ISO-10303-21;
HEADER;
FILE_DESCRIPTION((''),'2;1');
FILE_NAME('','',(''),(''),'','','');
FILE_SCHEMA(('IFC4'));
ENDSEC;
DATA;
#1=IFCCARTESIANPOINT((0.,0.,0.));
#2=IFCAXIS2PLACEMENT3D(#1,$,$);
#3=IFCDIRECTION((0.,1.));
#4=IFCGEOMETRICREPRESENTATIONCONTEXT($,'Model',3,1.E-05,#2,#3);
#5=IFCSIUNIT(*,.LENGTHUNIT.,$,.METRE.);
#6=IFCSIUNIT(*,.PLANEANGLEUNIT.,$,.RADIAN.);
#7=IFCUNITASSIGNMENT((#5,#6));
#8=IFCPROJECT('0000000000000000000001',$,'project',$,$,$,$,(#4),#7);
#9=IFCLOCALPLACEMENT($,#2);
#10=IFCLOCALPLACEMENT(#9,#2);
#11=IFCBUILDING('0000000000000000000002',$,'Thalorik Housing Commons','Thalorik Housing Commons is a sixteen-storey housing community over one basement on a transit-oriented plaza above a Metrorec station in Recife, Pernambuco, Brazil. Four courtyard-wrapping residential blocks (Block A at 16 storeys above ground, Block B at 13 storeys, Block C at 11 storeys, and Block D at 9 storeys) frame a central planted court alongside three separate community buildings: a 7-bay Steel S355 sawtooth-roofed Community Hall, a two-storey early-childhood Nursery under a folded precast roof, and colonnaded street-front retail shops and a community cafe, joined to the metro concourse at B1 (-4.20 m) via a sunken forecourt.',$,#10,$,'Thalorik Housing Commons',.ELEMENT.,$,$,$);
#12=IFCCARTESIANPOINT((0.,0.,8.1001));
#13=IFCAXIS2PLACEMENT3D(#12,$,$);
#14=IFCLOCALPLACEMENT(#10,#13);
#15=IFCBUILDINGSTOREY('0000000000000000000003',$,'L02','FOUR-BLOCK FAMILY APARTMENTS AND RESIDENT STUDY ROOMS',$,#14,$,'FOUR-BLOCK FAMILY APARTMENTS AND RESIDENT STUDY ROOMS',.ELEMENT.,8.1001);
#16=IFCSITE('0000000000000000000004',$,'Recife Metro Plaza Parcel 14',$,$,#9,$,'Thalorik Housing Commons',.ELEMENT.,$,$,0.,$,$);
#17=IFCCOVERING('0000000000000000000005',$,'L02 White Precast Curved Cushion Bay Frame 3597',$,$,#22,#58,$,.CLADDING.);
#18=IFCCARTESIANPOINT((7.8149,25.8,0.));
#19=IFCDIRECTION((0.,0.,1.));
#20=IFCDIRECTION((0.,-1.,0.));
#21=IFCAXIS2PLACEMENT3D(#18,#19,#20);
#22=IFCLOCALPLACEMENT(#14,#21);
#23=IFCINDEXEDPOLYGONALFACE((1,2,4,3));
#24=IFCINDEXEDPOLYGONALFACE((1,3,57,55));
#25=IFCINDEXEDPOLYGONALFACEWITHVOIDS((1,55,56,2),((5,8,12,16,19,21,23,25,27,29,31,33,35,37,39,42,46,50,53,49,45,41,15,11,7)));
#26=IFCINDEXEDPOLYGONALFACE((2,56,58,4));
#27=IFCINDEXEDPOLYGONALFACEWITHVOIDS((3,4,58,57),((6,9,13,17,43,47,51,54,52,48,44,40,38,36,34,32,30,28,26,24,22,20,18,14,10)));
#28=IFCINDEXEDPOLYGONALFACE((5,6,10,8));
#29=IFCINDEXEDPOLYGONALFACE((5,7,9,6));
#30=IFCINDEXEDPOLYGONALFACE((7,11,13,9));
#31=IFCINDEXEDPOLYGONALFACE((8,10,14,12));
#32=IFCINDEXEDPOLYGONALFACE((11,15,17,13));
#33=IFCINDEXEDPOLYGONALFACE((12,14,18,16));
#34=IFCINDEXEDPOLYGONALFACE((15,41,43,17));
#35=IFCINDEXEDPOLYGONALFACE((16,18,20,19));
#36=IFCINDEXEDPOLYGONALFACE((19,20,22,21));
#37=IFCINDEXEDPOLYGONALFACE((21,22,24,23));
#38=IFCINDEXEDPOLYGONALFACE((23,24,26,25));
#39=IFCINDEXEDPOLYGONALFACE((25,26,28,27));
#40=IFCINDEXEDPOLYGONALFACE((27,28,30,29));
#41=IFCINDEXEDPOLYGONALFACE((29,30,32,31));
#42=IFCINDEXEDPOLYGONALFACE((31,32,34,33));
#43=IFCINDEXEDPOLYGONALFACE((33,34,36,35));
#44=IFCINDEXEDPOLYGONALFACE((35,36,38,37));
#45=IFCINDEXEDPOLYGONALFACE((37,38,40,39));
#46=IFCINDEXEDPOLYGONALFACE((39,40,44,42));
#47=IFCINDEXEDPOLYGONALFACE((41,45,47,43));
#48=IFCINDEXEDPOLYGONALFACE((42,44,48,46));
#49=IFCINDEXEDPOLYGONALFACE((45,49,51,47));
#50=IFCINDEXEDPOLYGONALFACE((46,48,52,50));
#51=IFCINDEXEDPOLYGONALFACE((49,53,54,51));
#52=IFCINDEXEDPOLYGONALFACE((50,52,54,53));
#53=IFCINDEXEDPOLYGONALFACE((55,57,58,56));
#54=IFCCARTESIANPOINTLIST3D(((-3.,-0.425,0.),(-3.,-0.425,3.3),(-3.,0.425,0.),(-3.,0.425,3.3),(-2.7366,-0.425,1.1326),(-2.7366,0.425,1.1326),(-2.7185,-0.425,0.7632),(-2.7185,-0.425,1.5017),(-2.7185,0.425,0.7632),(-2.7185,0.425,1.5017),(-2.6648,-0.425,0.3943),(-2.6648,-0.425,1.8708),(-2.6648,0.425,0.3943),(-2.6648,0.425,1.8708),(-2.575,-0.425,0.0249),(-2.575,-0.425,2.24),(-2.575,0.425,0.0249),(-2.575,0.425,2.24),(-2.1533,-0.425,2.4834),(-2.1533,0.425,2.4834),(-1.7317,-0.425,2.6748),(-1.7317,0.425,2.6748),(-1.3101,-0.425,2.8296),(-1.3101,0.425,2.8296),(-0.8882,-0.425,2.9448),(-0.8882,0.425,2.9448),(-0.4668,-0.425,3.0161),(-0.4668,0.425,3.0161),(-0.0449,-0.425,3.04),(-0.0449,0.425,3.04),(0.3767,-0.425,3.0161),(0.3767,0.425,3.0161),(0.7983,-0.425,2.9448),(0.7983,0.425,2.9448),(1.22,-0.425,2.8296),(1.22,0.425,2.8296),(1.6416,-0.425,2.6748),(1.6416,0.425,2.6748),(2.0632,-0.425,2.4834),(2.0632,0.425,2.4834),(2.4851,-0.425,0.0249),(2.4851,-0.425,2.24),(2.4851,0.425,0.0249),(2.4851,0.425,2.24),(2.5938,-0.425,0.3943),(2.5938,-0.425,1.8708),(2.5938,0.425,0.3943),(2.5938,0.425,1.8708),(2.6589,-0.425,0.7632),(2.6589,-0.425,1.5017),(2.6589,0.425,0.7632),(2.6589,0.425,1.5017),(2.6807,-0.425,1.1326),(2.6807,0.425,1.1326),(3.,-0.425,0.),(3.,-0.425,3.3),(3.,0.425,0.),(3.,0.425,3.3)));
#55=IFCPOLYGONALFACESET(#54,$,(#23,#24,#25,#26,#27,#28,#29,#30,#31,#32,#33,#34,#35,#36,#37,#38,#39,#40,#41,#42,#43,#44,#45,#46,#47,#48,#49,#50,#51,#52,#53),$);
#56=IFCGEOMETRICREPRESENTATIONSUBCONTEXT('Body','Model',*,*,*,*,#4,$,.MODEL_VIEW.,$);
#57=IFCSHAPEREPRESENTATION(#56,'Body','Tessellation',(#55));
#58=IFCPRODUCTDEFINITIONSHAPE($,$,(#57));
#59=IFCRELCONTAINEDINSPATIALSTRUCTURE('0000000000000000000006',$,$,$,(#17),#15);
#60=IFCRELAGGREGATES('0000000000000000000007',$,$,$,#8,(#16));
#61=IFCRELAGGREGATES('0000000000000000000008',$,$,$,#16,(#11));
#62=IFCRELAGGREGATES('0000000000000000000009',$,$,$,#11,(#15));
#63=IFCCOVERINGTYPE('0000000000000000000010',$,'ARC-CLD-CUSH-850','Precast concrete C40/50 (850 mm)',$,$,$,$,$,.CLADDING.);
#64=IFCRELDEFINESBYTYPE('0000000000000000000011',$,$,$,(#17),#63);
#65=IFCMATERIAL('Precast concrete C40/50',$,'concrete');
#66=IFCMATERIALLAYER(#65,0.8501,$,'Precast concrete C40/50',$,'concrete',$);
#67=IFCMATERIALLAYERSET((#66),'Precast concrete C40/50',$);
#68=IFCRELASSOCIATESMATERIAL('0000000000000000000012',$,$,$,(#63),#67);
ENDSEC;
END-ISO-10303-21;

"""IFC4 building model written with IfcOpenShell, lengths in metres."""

from ifc_helpers import new_model, si_unit, direction, frame, origin, place, context, subcontext, project, spatial, polyline, outline, extrude, material, layer, layer_set, type_object, element, save


model = new_model("IFC4")

# Units and contexts
model_context = context("Model", 3, precision=1e-05, world=origin(), true_north=direction((0.0, 1.0)))
body_context = subcontext(model_context, "Body", "Model", "MODEL_VIEW")
ifc_project = project(units=[si_unit("LENGTHUNIT", "METRE"), si_unit("PLANEANGLEUNIT", "RADIAN")], contexts=[model_context])

# Site, building, storey
site_placement = place(None, origin())
site = spatial("IfcSite", under=ifc_project, at=site_placement, Name="Recife Metro Plaza Parcel 14", LongName="Thalorik Housing Commons", CompositionType="ELEMENT", RefElevation=0.0)
building_placement = place(site_placement, origin())
building = spatial("IfcBuilding", under=site, at=building_placement, Name="Thalorik Housing Commons", Description="Thalorik Housing Commons is a sixteen-storey housing community over one basement on a transit-oriented plaza above a Metrorec station in Recife, Pernambuco, Brazil. Four courtyard-wrapping residential blocks (Block A at 16 storeys above ground, Block B at 13 storeys, Block C at 11 storeys, and Block D at 9 storeys) frame a central planted court alongside three separate community buildings: a 7-bay Steel S355 sawtooth-roofed Community Hall, a two-storey early-childhood Nursery under a folded precast roof, and colonnaded street-front retail shops and a community cafe, joined to the metro concourse at B1 (-4.20 m) via a sunken forecourt.", LongName="Thalorik Housing Commons", CompositionType="ELEMENT")
storey_placement = place(building_placement, frame((0.0, 0.0, 8.1001)))
storey = spatial("IfcBuildingStorey", under=building, at=storey_placement, Name="L02", Description="FOUR-BLOCK FAMILY APARTMENTS AND RESIDENT STUDY ROOMS", LongName="FOUR-BLOCK FAMILY APARTMENTS AND RESIDENT STUDY ROOMS", CompositionType="ELEMENT", Elevation=8.1001)

# Shared definitions
ifc_material_1 = material(Name="Precast concrete C40/50", Category="concrete")

# Covering
ifc_layer_1 = layer(ifc_material_1, 0.8501, Name="Precast concrete C40/50", Category="concrete")
ifc_layer_set_1 = layer_set([ifc_layer_1], Name="Precast concrete C40/50")
covering_type_1 = type_object("IfcCoveringType", Name="ARC-CLD-CUSH-850", Description="Precast concrete C40/50 (850 mm)", PredefinedType="CLADDING", material=ifc_layer_set_1)
covering_1_placement = place(storey_placement, frame((7.8149, 25.8, 0.0), z_axis=(0.0, 0.0, 1.0), x_axis=(0.0, -1.0, 0.0)))
element("IfcCovering", 1, at=covering_1_placement, inside=storey, type_object=covering_type_1, Name="L02 White Precast Curved Cushion Bay Frame 3597", PredefinedType="CLADDING", context=body_context, shape_type="SweptSolid", body=[
    extrude(outline(polyline([(-3.0, 0.0), (3.0, 0.0), (3.0, 3.3), (-3.0, 3.3), (-3.0, 0.0)]), holes=[polyline([(2.4851, 0.0249), (2.5938, 0.3943), (2.6589, 0.7632), (2.6807, 1.1326), (2.6589, 1.5017), (2.5938, 1.8708), (2.4851, 2.24), (2.0632, 2.4834), (1.6416, 2.6748), (1.22, 2.8296), (0.7983, 2.9448), (0.3767, 3.0161), (-0.0449, 3.04), (-0.4668, 3.0161), (-0.8882, 2.9448), (-1.3101, 2.8296), (-1.7317, 2.6748), (-2.1533, 2.4834), (-2.575, 2.24), (-2.6648, 1.8708), (-2.7185, 1.5017), (-2.7366, 1.1326), (-2.7185, 0.7632), (-2.6648, 0.3943), (-2.575, 0.0249), (2.4851, 0.0249)])]), frame((0.0, 0.425, 0.0), z_axis=(0.0, -1.0, 0.0), x_axis=(1.0, 0.0, 0.0)), (0.0, 0.0, 1.0), 0.8501),
])

save(model, "model.ifc")
